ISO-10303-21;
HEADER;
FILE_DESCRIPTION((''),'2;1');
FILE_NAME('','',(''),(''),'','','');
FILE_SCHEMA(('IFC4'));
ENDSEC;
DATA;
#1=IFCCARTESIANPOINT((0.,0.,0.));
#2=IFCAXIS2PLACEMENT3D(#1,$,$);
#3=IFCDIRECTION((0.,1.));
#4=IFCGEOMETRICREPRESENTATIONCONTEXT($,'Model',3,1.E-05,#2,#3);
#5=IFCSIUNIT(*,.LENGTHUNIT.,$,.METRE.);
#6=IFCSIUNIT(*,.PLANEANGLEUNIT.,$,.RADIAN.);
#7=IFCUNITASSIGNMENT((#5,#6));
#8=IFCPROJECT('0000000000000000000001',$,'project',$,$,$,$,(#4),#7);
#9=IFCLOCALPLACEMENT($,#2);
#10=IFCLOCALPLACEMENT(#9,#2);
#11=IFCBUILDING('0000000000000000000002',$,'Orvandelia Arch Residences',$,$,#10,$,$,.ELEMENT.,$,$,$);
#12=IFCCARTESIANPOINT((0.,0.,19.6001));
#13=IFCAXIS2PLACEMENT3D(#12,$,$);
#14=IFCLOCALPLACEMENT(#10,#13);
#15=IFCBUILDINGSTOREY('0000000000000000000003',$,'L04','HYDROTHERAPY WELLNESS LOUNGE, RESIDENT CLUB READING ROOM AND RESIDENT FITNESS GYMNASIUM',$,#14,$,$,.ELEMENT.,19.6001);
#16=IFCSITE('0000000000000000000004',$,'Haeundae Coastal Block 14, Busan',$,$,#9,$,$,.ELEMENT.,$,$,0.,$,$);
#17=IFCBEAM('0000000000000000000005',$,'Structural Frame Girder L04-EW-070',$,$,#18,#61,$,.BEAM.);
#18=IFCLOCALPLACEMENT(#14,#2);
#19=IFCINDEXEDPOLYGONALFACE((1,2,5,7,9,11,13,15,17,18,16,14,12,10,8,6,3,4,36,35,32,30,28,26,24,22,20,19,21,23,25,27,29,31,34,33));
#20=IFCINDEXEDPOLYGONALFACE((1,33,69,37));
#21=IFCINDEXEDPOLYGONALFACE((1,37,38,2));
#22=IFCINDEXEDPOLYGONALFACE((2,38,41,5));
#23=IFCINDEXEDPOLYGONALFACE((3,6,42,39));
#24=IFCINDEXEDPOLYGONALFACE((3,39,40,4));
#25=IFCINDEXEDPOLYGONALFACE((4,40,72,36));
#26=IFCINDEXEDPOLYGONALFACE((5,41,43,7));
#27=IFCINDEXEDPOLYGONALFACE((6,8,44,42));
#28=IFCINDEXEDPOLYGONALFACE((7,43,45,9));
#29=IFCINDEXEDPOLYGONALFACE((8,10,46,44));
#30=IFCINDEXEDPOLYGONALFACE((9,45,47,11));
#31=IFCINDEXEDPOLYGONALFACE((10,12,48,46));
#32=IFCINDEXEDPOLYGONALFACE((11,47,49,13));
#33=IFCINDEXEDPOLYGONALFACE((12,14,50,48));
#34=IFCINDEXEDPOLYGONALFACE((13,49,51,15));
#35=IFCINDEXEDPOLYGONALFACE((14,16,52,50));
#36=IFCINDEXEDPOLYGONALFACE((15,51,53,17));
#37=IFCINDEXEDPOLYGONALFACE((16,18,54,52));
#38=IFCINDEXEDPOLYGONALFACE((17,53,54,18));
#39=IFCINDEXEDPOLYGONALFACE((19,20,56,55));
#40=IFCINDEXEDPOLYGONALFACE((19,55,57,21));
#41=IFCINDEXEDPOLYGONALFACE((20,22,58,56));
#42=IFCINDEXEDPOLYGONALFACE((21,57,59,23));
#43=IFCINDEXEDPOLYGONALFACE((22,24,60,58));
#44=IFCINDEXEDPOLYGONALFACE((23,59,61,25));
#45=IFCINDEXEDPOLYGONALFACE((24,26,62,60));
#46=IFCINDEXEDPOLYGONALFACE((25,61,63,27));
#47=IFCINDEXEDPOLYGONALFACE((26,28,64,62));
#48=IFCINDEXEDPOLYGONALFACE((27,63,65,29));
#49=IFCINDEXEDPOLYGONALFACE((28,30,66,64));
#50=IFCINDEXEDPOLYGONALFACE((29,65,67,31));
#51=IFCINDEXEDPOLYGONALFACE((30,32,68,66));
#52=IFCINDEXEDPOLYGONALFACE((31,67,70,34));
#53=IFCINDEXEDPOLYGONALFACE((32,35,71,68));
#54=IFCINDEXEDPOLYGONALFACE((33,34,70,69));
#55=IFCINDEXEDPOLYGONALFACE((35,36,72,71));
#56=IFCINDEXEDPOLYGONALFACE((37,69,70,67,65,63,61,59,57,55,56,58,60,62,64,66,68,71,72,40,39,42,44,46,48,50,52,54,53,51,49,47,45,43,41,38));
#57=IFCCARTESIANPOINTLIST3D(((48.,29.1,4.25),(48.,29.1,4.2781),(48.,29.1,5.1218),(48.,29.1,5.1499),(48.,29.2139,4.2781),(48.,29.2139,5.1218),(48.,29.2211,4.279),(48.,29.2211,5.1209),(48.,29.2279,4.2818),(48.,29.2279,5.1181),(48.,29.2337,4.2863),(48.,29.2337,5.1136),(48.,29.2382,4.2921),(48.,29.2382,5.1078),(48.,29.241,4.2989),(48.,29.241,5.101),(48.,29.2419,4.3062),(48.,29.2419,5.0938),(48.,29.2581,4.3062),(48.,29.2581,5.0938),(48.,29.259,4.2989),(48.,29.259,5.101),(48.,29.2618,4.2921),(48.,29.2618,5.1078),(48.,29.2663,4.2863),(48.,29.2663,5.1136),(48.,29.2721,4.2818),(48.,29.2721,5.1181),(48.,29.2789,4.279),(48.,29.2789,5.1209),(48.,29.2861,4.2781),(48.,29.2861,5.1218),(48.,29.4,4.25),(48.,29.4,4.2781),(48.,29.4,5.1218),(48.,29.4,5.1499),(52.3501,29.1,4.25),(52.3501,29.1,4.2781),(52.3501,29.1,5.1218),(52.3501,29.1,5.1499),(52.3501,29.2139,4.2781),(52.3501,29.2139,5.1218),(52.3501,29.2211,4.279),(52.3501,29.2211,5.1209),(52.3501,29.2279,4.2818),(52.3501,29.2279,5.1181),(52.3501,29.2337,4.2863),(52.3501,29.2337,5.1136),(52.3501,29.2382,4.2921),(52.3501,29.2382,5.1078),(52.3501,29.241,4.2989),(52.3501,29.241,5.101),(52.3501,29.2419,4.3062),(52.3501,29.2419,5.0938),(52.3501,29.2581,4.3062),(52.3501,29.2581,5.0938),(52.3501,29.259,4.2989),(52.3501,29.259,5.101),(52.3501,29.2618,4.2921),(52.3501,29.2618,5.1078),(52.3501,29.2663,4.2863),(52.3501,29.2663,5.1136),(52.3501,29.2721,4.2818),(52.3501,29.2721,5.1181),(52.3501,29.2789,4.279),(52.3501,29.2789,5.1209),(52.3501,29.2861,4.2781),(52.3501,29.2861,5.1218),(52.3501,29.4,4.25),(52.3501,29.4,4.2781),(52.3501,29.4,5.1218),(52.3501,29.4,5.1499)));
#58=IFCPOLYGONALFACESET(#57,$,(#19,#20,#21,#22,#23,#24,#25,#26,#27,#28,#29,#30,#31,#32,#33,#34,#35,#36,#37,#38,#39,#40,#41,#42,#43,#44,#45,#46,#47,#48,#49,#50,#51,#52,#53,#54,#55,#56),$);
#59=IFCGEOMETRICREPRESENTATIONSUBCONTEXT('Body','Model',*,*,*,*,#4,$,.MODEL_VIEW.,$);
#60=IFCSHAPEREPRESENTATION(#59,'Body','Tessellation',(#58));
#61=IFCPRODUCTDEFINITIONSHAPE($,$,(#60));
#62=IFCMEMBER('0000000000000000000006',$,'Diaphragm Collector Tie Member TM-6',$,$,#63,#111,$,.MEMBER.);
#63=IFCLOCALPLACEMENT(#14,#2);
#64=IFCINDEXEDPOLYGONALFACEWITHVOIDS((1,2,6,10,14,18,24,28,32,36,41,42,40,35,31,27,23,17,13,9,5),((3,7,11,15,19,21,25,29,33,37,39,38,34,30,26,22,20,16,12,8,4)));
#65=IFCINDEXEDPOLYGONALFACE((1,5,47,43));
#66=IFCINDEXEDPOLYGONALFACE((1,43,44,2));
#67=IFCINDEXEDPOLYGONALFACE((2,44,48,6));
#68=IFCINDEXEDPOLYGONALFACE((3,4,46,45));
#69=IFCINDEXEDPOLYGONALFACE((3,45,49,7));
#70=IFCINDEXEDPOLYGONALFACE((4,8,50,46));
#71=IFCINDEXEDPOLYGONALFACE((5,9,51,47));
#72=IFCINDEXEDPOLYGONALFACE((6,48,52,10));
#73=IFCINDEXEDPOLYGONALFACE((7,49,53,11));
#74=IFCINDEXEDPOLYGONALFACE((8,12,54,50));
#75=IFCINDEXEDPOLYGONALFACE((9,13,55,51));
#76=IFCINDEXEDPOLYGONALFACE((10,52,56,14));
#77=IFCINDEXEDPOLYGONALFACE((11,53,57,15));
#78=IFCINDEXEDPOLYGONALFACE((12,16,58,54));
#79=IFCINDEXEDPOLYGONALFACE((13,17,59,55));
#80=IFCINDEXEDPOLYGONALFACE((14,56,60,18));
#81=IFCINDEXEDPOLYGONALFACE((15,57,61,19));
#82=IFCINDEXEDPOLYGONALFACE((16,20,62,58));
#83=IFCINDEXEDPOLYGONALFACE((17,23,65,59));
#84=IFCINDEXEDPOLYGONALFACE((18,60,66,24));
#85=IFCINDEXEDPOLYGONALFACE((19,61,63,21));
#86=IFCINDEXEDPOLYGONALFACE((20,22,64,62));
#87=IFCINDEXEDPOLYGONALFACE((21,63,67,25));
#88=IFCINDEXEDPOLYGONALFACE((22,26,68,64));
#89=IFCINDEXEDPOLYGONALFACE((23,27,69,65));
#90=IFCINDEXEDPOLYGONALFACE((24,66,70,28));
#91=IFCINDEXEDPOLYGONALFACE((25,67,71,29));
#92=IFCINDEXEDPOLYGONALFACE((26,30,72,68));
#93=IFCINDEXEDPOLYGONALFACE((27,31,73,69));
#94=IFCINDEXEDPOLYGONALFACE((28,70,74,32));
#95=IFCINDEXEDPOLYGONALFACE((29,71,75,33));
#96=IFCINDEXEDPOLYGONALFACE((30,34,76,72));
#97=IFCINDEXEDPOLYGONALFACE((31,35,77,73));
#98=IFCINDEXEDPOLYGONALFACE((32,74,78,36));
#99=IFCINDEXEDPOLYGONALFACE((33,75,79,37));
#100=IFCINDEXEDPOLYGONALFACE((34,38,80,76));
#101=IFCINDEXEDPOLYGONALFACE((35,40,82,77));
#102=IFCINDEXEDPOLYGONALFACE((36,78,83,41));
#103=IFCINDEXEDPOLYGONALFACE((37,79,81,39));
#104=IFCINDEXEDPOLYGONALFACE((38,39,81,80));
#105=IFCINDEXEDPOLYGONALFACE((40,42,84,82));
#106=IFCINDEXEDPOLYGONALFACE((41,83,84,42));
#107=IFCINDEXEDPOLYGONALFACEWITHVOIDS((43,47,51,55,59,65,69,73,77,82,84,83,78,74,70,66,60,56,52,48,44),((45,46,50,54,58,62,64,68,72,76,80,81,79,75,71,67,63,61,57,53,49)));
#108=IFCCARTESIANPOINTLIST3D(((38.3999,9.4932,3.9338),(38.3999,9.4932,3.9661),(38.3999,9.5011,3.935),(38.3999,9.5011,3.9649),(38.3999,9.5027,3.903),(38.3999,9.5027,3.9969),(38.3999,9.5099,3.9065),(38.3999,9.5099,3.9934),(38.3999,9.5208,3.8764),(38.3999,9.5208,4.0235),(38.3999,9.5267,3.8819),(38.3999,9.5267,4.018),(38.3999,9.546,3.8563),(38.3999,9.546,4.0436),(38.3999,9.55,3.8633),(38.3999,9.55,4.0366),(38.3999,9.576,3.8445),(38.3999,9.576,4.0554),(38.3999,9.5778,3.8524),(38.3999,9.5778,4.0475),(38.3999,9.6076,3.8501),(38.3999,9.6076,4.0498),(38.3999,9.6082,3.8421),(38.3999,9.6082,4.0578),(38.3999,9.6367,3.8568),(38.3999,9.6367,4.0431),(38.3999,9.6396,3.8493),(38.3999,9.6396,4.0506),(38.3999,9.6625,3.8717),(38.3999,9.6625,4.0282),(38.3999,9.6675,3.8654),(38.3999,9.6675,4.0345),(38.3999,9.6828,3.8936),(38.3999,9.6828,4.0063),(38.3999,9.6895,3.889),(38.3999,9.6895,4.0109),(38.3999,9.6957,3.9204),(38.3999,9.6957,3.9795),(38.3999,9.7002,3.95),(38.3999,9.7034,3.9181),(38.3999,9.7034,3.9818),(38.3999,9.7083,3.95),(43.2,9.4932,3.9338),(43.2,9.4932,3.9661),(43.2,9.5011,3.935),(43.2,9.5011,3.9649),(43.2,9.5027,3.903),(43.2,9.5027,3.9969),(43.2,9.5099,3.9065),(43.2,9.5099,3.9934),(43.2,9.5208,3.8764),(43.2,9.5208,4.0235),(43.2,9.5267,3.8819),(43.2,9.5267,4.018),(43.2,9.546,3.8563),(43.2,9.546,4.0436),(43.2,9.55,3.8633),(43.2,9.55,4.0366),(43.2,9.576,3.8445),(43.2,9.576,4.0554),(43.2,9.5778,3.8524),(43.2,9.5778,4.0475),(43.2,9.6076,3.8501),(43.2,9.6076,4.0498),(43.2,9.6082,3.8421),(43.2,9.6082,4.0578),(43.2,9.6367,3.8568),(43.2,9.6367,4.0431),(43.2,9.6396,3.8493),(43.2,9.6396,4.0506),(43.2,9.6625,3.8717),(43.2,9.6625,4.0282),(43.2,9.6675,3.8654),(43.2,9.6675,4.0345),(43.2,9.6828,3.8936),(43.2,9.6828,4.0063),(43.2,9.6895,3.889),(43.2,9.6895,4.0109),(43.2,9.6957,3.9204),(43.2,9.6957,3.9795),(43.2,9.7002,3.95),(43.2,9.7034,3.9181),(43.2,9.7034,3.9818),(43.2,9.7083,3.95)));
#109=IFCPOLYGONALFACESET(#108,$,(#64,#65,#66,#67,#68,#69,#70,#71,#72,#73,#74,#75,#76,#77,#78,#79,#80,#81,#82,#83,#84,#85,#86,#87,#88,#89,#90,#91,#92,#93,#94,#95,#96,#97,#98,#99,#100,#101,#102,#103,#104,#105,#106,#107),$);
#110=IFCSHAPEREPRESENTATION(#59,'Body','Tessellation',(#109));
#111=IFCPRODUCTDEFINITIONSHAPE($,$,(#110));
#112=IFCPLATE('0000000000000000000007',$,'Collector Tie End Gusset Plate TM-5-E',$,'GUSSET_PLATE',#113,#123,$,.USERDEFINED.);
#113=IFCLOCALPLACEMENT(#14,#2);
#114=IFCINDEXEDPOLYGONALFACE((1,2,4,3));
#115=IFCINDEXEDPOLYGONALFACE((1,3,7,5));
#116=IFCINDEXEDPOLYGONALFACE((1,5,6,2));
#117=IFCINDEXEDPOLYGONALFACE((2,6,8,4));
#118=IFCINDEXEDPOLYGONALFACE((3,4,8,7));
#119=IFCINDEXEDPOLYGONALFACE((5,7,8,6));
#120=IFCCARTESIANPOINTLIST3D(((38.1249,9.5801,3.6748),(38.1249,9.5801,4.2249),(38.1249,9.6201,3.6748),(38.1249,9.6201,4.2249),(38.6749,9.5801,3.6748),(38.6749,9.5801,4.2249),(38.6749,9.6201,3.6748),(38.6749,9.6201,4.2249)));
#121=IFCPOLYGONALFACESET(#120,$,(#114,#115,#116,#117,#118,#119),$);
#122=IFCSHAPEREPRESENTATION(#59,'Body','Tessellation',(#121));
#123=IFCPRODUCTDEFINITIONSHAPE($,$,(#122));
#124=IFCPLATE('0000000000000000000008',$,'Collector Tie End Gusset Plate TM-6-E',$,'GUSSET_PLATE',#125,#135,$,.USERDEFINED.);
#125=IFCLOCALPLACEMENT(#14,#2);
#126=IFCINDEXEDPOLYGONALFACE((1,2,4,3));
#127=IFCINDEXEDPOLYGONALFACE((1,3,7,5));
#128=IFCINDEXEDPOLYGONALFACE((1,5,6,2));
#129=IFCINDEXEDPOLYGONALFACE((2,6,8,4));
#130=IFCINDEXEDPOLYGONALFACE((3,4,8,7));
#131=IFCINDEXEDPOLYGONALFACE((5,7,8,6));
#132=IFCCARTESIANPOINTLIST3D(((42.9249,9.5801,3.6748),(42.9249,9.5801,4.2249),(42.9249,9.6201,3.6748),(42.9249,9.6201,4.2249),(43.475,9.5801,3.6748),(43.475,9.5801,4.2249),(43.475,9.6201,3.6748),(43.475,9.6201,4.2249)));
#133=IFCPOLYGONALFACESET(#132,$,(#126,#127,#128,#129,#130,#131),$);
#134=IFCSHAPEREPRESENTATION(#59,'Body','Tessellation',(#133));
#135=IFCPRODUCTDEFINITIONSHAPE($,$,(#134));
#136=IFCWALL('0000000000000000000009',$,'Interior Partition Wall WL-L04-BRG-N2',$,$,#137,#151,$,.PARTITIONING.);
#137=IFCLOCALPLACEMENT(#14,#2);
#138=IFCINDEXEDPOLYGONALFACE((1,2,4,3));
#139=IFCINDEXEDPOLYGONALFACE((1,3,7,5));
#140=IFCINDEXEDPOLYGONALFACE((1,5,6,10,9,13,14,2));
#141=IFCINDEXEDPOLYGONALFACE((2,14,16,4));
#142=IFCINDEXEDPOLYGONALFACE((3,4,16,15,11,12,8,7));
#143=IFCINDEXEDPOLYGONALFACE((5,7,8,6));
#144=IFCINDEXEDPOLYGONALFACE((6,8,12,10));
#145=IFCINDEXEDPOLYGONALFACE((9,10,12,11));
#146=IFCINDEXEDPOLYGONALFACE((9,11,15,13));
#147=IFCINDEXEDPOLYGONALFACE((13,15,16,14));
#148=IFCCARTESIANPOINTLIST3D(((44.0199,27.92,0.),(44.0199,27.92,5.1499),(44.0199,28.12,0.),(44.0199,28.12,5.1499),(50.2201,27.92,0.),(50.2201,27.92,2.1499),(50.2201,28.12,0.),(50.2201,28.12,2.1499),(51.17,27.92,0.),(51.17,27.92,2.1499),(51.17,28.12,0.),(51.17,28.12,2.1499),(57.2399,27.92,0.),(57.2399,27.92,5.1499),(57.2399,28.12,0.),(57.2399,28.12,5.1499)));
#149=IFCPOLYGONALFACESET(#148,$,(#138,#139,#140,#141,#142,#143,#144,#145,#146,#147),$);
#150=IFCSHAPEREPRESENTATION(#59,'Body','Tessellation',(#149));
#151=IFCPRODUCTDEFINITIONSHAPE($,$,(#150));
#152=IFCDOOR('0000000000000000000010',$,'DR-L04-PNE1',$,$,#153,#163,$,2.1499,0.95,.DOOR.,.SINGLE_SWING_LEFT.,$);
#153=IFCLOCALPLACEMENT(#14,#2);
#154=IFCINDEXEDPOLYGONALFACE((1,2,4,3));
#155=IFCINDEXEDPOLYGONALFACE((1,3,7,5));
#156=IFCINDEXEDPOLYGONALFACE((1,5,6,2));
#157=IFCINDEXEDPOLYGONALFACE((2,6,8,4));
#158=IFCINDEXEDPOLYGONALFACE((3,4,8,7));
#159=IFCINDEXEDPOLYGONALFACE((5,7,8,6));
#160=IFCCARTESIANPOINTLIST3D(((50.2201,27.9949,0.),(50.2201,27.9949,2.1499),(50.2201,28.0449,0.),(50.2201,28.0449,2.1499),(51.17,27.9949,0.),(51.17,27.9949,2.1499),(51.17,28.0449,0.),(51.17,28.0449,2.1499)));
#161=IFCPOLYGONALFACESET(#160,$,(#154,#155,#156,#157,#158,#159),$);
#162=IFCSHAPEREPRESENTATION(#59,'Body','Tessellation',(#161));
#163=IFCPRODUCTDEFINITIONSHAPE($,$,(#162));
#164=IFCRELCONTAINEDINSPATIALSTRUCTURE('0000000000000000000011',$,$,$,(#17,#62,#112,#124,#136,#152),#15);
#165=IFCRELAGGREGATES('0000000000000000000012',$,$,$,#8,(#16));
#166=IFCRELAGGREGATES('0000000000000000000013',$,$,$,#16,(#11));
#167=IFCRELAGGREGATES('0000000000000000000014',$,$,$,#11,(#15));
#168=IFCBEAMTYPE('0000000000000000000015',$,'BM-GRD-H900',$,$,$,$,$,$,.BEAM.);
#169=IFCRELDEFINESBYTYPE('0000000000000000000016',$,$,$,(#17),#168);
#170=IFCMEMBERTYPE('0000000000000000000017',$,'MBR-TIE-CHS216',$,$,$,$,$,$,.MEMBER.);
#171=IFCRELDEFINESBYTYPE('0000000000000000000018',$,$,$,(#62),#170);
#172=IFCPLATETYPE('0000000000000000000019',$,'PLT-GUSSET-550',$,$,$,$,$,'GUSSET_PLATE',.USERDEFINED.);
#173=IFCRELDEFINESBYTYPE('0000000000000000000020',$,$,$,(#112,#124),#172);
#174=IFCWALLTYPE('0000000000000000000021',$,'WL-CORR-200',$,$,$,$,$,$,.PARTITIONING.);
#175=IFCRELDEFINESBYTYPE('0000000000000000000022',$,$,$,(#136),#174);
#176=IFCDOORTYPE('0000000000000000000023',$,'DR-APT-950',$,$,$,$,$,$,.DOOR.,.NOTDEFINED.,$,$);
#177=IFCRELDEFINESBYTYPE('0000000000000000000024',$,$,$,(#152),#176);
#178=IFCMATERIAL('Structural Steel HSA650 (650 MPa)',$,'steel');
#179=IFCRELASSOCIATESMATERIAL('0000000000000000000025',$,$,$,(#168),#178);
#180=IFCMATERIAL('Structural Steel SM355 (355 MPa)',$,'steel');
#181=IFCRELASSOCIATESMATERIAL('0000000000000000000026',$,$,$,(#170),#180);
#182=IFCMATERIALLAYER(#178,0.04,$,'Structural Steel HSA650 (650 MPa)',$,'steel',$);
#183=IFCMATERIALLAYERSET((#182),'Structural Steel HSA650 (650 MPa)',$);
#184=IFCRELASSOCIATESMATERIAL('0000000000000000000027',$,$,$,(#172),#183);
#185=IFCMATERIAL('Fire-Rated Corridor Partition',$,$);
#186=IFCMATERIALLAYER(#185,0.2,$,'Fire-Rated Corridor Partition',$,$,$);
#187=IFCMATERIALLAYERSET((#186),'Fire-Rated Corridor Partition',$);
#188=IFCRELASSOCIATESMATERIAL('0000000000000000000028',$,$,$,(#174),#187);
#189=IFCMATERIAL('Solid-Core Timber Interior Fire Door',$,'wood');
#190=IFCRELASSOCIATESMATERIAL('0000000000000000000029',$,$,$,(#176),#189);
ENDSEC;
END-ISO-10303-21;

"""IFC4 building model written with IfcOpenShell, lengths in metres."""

from ifc_helpers import new_model, si_unit, direction, frame, frame_2d, origin, origin_2d, place, context, subcontext, project, spatial, rectangle, hollow_circle, i_section, extrude, material, layer, layer_set, material_profile, profile_set, type_object, element, fill, save


model = new_model("IFC4")

# Units and contexts
model_context = context("Model", 3, precision=1e-05, world=origin(), true_north=direction((0.0, 1.0)))
body_context = subcontext(model_context, "Body", "Model", "MODEL_VIEW")
ifc_project = project(units=[si_unit("LENGTHUNIT", "METRE"), si_unit("PLANEANGLEUNIT", "RADIAN")], contexts=[model_context])

# Site, building, storey
site_placement = place(None, origin())
site = spatial("IfcSite", under=ifc_project, at=site_placement, Name="Haeundae Coastal Block 14, Busan", CompositionType="ELEMENT", RefElevation=0.0)
building_placement = place(site_placement, origin())
building = spatial("IfcBuilding", under=site, at=building_placement, Name="Orvandelia Arch Residences", CompositionType="ELEMENT")
storey_placement = place(building_placement, frame((0.0, 0.0, 19.6001)))
storey = spatial("IfcBuildingStorey", under=building, at=storey_placement, Name="L04", Description="HYDROTHERAPY WELLNESS LOUNGE, RESIDENT CLUB READING ROOM AND RESIDENT FITNESS GYMNASIUM", CompositionType="ELEMENT", Elevation=19.6001)

# Shared definitions
ifc_material_1 = material(Name="Structural Steel HSA650 (650 MPa)", Category="steel")

# Beam
ifc_material_profile_1 = material_profile(ifc_material_1, i_section(OverallWidth=0.3, OverallDepth=0.8999, WebThickness=0.0161, FlangeThickness=0.0281, FilletRadius=0.0281, at=origin_2d()), Name="Structural Steel HSA650 (650 MPa)", Category="steel")
ifc_profile_set_1 = profile_set([ifc_material_profile_1], Name="Structural Steel HSA650 (650 MPa)")
beam_type = type_object("IfcBeamType", Name="BM-GRD-H900", PredefinedType="BEAM", material=ifc_profile_set_1)
beam_1_placement = place(storey_placement, frame((48.0, 29.25, 4.7), z_axis=(1.0, 0.0, 0.0), x_axis=(0.0, 1.0, 0.0)))
element("IfcBeam", 1, at=beam_1_placement, inside=storey, type_object=beam_type, Name="Structural Frame Girder L04-EW-070", PredefinedType="BEAM", context=body_context, shape_type="SweptSolid", body=[
    extrude(i_section(OverallWidth=0.3, OverallDepth=0.8999, WebThickness=0.0161, FlangeThickness=0.0281, FilletRadius=0.0281, at=origin_2d()), origin(), (0.0, 0.0, 1.0), 4.3501),
])

# Member
ifc_material_2 = material(Name="Structural Steel SM355 (355 MPa)", Category="steel")
ifc_material_profile_2 = material_profile(ifc_material_2, hollow_circle(Radius=0.1082, WallThickness=0.0081, at=origin_2d()), Name="Structural Steel SM355 (355 MPa)", Category="steel")
ifc_profile_set_2 = profile_set([ifc_material_profile_2], Name="Structural Steel SM355 (355 MPa)")
member_type = type_object("IfcMemberType", Name="MBR-TIE-CHS216", PredefinedType="MEMBER", material=ifc_profile_set_2)
member_placement = place(storey_placement, frame((38.3999, 9.6001, 3.95), z_axis=(1.0, 0.0, 0.0), x_axis=(0.0, 1.0, 0.0)))
element("IfcMember", 2, at=member_placement, inside=storey, type_object=member_type, Name="Diaphragm Collector Tie Member TM-6", PredefinedType="MEMBER", context=body_context, shape_type="SweptSolid", body=[
    extrude(hollow_circle(Radius=0.1082, WallThickness=0.0081, at=origin_2d()), origin(), (0.0, 0.0, 1.0), 4.8),
])

# Plates
ifc_layer_1 = layer(ifc_material_1, 0.04, Name="Structural Steel HSA650 (650 MPa)", Category="steel")
ifc_layer_set_1 = layer_set([ifc_layer_1], Name="Structural Steel HSA650 (650 MPa)")
plate_type = type_object("IfcPlateType", Name="PLT-GUSSET-550", ElementType="GUSSET_PLATE", PredefinedType="USERDEFINED", material=ifc_layer_set_1)
for number, where, z_axis, x_axis, name in (
    (3, (38.3999, 9.6001, 3.6748), (0.0, 0.0, 1.0), (1.0, 0.0, 0.0), "Collector Tie End Gusset Plate TM-5-E"),
    (4, (43.2, 9.6001, 3.6748), (0.0, 0.0, 1.0), (1.0, 0.0, 0.0), "Collector Tie End Gusset Plate TM-6-E"),
):
    element("IfcPlate", number, at=place(storey_placement, frame(where, z_axis=z_axis, x_axis=x_axis)), inside=storey, type_object=plate_type, Name=name, ObjectType="GUSSET_PLATE", PredefinedType="USERDEFINED", context=body_context, shape_type="SweptSolid", body=[
        extrude(rectangle(XDim=0.55, YDim=0.04, at=origin_2d()), origin(), (0.0, 0.0, 1.0), 0.55),
    ])

# Wall, opening, door
ifc_material_3 = material(Name="Fire-Rated Corridor Partition")
ifc_layer_2 = layer(ifc_material_3, 0.2, Name="Fire-Rated Corridor Partition")
ifc_layer_set_2 = layer_set([ifc_layer_2], Name="Fire-Rated Corridor Partition")
wall_type_1 = type_object("IfcWallType", Name="WL-CORR-200", PredefinedType="PARTITIONING", material=ifc_layer_set_2)
wall_1_placement = place(storey_placement, frame((44.02, 28.02, 0.0), z_axis=(0.0, 0.0, 1.0), x_axis=(1.0, 0.0, 0.0)))
wall_1 = element("IfcWall", 5, at=wall_1_placement, inside=storey, type_object=wall_type_1, Name="Interior Partition Wall WL-L04-BRG-N2", PredefinedType="PARTITIONING", context=body_context, shape_type="SweptSolid", body=[
    extrude(rectangle(XDim=13.22, YDim=0.2, at=frame_2d((6.6099, 0.0))), origin(), (0.0, 0.0, 1.0), 5.1499),
])
opening_1_placement = place(wall_1_placement, frame((6.2, 0.0, 0.0)))
opening_1 = element("IfcOpeningElement", 6, at=opening_1_placement, cuts=wall_1, PredefinedType="OPENING", context=body_context, shape_type="SweptSolid", body=[
    extrude(rectangle(XDim=0.95, YDim=2.1499, at=frame_2d((0.4751, 1.075))), frame((0.0, 0.1099, 0.0), z_axis=(0.0, -1.0, 0.0), x_axis=(1.0, 0.0, 0.0)), (0.0, 0.0, 1.0), 0.22),
])
ifc_material_4 = material(Name="Solid-Core Timber Interior Fire Door", Category="wood")
door_type = type_object("IfcDoorType", Name="DR-APT-950", OperationType="NOTDEFINED", PredefinedType="DOOR", material=ifc_material_4)
door_1_placement = place(opening_1_placement, origin())
door_1 = element("IfcDoor", 7, at=door_1_placement, inside=storey, type_object=door_type, Name="DR-L04-PNE1", OperationType="SINGLE_SWING_LEFT", OverallHeight=2.1499, OverallWidth=0.95, PredefinedType="DOOR", context=body_context, shape_type="SweptSolid", body=[
    extrude(rectangle(XDim=0.95, YDim=2.1499, at=frame_2d((0.4751, 1.075))), frame((0.0, 0.0249, 0.0), z_axis=(0.0, -1.0, 0.0), x_axis=(1.0, 0.0, 0.0)), (0.0, 0.0, 1.0), 0.05),
])
fill(opening_1, door_1)

save(model, "model.ifc")
